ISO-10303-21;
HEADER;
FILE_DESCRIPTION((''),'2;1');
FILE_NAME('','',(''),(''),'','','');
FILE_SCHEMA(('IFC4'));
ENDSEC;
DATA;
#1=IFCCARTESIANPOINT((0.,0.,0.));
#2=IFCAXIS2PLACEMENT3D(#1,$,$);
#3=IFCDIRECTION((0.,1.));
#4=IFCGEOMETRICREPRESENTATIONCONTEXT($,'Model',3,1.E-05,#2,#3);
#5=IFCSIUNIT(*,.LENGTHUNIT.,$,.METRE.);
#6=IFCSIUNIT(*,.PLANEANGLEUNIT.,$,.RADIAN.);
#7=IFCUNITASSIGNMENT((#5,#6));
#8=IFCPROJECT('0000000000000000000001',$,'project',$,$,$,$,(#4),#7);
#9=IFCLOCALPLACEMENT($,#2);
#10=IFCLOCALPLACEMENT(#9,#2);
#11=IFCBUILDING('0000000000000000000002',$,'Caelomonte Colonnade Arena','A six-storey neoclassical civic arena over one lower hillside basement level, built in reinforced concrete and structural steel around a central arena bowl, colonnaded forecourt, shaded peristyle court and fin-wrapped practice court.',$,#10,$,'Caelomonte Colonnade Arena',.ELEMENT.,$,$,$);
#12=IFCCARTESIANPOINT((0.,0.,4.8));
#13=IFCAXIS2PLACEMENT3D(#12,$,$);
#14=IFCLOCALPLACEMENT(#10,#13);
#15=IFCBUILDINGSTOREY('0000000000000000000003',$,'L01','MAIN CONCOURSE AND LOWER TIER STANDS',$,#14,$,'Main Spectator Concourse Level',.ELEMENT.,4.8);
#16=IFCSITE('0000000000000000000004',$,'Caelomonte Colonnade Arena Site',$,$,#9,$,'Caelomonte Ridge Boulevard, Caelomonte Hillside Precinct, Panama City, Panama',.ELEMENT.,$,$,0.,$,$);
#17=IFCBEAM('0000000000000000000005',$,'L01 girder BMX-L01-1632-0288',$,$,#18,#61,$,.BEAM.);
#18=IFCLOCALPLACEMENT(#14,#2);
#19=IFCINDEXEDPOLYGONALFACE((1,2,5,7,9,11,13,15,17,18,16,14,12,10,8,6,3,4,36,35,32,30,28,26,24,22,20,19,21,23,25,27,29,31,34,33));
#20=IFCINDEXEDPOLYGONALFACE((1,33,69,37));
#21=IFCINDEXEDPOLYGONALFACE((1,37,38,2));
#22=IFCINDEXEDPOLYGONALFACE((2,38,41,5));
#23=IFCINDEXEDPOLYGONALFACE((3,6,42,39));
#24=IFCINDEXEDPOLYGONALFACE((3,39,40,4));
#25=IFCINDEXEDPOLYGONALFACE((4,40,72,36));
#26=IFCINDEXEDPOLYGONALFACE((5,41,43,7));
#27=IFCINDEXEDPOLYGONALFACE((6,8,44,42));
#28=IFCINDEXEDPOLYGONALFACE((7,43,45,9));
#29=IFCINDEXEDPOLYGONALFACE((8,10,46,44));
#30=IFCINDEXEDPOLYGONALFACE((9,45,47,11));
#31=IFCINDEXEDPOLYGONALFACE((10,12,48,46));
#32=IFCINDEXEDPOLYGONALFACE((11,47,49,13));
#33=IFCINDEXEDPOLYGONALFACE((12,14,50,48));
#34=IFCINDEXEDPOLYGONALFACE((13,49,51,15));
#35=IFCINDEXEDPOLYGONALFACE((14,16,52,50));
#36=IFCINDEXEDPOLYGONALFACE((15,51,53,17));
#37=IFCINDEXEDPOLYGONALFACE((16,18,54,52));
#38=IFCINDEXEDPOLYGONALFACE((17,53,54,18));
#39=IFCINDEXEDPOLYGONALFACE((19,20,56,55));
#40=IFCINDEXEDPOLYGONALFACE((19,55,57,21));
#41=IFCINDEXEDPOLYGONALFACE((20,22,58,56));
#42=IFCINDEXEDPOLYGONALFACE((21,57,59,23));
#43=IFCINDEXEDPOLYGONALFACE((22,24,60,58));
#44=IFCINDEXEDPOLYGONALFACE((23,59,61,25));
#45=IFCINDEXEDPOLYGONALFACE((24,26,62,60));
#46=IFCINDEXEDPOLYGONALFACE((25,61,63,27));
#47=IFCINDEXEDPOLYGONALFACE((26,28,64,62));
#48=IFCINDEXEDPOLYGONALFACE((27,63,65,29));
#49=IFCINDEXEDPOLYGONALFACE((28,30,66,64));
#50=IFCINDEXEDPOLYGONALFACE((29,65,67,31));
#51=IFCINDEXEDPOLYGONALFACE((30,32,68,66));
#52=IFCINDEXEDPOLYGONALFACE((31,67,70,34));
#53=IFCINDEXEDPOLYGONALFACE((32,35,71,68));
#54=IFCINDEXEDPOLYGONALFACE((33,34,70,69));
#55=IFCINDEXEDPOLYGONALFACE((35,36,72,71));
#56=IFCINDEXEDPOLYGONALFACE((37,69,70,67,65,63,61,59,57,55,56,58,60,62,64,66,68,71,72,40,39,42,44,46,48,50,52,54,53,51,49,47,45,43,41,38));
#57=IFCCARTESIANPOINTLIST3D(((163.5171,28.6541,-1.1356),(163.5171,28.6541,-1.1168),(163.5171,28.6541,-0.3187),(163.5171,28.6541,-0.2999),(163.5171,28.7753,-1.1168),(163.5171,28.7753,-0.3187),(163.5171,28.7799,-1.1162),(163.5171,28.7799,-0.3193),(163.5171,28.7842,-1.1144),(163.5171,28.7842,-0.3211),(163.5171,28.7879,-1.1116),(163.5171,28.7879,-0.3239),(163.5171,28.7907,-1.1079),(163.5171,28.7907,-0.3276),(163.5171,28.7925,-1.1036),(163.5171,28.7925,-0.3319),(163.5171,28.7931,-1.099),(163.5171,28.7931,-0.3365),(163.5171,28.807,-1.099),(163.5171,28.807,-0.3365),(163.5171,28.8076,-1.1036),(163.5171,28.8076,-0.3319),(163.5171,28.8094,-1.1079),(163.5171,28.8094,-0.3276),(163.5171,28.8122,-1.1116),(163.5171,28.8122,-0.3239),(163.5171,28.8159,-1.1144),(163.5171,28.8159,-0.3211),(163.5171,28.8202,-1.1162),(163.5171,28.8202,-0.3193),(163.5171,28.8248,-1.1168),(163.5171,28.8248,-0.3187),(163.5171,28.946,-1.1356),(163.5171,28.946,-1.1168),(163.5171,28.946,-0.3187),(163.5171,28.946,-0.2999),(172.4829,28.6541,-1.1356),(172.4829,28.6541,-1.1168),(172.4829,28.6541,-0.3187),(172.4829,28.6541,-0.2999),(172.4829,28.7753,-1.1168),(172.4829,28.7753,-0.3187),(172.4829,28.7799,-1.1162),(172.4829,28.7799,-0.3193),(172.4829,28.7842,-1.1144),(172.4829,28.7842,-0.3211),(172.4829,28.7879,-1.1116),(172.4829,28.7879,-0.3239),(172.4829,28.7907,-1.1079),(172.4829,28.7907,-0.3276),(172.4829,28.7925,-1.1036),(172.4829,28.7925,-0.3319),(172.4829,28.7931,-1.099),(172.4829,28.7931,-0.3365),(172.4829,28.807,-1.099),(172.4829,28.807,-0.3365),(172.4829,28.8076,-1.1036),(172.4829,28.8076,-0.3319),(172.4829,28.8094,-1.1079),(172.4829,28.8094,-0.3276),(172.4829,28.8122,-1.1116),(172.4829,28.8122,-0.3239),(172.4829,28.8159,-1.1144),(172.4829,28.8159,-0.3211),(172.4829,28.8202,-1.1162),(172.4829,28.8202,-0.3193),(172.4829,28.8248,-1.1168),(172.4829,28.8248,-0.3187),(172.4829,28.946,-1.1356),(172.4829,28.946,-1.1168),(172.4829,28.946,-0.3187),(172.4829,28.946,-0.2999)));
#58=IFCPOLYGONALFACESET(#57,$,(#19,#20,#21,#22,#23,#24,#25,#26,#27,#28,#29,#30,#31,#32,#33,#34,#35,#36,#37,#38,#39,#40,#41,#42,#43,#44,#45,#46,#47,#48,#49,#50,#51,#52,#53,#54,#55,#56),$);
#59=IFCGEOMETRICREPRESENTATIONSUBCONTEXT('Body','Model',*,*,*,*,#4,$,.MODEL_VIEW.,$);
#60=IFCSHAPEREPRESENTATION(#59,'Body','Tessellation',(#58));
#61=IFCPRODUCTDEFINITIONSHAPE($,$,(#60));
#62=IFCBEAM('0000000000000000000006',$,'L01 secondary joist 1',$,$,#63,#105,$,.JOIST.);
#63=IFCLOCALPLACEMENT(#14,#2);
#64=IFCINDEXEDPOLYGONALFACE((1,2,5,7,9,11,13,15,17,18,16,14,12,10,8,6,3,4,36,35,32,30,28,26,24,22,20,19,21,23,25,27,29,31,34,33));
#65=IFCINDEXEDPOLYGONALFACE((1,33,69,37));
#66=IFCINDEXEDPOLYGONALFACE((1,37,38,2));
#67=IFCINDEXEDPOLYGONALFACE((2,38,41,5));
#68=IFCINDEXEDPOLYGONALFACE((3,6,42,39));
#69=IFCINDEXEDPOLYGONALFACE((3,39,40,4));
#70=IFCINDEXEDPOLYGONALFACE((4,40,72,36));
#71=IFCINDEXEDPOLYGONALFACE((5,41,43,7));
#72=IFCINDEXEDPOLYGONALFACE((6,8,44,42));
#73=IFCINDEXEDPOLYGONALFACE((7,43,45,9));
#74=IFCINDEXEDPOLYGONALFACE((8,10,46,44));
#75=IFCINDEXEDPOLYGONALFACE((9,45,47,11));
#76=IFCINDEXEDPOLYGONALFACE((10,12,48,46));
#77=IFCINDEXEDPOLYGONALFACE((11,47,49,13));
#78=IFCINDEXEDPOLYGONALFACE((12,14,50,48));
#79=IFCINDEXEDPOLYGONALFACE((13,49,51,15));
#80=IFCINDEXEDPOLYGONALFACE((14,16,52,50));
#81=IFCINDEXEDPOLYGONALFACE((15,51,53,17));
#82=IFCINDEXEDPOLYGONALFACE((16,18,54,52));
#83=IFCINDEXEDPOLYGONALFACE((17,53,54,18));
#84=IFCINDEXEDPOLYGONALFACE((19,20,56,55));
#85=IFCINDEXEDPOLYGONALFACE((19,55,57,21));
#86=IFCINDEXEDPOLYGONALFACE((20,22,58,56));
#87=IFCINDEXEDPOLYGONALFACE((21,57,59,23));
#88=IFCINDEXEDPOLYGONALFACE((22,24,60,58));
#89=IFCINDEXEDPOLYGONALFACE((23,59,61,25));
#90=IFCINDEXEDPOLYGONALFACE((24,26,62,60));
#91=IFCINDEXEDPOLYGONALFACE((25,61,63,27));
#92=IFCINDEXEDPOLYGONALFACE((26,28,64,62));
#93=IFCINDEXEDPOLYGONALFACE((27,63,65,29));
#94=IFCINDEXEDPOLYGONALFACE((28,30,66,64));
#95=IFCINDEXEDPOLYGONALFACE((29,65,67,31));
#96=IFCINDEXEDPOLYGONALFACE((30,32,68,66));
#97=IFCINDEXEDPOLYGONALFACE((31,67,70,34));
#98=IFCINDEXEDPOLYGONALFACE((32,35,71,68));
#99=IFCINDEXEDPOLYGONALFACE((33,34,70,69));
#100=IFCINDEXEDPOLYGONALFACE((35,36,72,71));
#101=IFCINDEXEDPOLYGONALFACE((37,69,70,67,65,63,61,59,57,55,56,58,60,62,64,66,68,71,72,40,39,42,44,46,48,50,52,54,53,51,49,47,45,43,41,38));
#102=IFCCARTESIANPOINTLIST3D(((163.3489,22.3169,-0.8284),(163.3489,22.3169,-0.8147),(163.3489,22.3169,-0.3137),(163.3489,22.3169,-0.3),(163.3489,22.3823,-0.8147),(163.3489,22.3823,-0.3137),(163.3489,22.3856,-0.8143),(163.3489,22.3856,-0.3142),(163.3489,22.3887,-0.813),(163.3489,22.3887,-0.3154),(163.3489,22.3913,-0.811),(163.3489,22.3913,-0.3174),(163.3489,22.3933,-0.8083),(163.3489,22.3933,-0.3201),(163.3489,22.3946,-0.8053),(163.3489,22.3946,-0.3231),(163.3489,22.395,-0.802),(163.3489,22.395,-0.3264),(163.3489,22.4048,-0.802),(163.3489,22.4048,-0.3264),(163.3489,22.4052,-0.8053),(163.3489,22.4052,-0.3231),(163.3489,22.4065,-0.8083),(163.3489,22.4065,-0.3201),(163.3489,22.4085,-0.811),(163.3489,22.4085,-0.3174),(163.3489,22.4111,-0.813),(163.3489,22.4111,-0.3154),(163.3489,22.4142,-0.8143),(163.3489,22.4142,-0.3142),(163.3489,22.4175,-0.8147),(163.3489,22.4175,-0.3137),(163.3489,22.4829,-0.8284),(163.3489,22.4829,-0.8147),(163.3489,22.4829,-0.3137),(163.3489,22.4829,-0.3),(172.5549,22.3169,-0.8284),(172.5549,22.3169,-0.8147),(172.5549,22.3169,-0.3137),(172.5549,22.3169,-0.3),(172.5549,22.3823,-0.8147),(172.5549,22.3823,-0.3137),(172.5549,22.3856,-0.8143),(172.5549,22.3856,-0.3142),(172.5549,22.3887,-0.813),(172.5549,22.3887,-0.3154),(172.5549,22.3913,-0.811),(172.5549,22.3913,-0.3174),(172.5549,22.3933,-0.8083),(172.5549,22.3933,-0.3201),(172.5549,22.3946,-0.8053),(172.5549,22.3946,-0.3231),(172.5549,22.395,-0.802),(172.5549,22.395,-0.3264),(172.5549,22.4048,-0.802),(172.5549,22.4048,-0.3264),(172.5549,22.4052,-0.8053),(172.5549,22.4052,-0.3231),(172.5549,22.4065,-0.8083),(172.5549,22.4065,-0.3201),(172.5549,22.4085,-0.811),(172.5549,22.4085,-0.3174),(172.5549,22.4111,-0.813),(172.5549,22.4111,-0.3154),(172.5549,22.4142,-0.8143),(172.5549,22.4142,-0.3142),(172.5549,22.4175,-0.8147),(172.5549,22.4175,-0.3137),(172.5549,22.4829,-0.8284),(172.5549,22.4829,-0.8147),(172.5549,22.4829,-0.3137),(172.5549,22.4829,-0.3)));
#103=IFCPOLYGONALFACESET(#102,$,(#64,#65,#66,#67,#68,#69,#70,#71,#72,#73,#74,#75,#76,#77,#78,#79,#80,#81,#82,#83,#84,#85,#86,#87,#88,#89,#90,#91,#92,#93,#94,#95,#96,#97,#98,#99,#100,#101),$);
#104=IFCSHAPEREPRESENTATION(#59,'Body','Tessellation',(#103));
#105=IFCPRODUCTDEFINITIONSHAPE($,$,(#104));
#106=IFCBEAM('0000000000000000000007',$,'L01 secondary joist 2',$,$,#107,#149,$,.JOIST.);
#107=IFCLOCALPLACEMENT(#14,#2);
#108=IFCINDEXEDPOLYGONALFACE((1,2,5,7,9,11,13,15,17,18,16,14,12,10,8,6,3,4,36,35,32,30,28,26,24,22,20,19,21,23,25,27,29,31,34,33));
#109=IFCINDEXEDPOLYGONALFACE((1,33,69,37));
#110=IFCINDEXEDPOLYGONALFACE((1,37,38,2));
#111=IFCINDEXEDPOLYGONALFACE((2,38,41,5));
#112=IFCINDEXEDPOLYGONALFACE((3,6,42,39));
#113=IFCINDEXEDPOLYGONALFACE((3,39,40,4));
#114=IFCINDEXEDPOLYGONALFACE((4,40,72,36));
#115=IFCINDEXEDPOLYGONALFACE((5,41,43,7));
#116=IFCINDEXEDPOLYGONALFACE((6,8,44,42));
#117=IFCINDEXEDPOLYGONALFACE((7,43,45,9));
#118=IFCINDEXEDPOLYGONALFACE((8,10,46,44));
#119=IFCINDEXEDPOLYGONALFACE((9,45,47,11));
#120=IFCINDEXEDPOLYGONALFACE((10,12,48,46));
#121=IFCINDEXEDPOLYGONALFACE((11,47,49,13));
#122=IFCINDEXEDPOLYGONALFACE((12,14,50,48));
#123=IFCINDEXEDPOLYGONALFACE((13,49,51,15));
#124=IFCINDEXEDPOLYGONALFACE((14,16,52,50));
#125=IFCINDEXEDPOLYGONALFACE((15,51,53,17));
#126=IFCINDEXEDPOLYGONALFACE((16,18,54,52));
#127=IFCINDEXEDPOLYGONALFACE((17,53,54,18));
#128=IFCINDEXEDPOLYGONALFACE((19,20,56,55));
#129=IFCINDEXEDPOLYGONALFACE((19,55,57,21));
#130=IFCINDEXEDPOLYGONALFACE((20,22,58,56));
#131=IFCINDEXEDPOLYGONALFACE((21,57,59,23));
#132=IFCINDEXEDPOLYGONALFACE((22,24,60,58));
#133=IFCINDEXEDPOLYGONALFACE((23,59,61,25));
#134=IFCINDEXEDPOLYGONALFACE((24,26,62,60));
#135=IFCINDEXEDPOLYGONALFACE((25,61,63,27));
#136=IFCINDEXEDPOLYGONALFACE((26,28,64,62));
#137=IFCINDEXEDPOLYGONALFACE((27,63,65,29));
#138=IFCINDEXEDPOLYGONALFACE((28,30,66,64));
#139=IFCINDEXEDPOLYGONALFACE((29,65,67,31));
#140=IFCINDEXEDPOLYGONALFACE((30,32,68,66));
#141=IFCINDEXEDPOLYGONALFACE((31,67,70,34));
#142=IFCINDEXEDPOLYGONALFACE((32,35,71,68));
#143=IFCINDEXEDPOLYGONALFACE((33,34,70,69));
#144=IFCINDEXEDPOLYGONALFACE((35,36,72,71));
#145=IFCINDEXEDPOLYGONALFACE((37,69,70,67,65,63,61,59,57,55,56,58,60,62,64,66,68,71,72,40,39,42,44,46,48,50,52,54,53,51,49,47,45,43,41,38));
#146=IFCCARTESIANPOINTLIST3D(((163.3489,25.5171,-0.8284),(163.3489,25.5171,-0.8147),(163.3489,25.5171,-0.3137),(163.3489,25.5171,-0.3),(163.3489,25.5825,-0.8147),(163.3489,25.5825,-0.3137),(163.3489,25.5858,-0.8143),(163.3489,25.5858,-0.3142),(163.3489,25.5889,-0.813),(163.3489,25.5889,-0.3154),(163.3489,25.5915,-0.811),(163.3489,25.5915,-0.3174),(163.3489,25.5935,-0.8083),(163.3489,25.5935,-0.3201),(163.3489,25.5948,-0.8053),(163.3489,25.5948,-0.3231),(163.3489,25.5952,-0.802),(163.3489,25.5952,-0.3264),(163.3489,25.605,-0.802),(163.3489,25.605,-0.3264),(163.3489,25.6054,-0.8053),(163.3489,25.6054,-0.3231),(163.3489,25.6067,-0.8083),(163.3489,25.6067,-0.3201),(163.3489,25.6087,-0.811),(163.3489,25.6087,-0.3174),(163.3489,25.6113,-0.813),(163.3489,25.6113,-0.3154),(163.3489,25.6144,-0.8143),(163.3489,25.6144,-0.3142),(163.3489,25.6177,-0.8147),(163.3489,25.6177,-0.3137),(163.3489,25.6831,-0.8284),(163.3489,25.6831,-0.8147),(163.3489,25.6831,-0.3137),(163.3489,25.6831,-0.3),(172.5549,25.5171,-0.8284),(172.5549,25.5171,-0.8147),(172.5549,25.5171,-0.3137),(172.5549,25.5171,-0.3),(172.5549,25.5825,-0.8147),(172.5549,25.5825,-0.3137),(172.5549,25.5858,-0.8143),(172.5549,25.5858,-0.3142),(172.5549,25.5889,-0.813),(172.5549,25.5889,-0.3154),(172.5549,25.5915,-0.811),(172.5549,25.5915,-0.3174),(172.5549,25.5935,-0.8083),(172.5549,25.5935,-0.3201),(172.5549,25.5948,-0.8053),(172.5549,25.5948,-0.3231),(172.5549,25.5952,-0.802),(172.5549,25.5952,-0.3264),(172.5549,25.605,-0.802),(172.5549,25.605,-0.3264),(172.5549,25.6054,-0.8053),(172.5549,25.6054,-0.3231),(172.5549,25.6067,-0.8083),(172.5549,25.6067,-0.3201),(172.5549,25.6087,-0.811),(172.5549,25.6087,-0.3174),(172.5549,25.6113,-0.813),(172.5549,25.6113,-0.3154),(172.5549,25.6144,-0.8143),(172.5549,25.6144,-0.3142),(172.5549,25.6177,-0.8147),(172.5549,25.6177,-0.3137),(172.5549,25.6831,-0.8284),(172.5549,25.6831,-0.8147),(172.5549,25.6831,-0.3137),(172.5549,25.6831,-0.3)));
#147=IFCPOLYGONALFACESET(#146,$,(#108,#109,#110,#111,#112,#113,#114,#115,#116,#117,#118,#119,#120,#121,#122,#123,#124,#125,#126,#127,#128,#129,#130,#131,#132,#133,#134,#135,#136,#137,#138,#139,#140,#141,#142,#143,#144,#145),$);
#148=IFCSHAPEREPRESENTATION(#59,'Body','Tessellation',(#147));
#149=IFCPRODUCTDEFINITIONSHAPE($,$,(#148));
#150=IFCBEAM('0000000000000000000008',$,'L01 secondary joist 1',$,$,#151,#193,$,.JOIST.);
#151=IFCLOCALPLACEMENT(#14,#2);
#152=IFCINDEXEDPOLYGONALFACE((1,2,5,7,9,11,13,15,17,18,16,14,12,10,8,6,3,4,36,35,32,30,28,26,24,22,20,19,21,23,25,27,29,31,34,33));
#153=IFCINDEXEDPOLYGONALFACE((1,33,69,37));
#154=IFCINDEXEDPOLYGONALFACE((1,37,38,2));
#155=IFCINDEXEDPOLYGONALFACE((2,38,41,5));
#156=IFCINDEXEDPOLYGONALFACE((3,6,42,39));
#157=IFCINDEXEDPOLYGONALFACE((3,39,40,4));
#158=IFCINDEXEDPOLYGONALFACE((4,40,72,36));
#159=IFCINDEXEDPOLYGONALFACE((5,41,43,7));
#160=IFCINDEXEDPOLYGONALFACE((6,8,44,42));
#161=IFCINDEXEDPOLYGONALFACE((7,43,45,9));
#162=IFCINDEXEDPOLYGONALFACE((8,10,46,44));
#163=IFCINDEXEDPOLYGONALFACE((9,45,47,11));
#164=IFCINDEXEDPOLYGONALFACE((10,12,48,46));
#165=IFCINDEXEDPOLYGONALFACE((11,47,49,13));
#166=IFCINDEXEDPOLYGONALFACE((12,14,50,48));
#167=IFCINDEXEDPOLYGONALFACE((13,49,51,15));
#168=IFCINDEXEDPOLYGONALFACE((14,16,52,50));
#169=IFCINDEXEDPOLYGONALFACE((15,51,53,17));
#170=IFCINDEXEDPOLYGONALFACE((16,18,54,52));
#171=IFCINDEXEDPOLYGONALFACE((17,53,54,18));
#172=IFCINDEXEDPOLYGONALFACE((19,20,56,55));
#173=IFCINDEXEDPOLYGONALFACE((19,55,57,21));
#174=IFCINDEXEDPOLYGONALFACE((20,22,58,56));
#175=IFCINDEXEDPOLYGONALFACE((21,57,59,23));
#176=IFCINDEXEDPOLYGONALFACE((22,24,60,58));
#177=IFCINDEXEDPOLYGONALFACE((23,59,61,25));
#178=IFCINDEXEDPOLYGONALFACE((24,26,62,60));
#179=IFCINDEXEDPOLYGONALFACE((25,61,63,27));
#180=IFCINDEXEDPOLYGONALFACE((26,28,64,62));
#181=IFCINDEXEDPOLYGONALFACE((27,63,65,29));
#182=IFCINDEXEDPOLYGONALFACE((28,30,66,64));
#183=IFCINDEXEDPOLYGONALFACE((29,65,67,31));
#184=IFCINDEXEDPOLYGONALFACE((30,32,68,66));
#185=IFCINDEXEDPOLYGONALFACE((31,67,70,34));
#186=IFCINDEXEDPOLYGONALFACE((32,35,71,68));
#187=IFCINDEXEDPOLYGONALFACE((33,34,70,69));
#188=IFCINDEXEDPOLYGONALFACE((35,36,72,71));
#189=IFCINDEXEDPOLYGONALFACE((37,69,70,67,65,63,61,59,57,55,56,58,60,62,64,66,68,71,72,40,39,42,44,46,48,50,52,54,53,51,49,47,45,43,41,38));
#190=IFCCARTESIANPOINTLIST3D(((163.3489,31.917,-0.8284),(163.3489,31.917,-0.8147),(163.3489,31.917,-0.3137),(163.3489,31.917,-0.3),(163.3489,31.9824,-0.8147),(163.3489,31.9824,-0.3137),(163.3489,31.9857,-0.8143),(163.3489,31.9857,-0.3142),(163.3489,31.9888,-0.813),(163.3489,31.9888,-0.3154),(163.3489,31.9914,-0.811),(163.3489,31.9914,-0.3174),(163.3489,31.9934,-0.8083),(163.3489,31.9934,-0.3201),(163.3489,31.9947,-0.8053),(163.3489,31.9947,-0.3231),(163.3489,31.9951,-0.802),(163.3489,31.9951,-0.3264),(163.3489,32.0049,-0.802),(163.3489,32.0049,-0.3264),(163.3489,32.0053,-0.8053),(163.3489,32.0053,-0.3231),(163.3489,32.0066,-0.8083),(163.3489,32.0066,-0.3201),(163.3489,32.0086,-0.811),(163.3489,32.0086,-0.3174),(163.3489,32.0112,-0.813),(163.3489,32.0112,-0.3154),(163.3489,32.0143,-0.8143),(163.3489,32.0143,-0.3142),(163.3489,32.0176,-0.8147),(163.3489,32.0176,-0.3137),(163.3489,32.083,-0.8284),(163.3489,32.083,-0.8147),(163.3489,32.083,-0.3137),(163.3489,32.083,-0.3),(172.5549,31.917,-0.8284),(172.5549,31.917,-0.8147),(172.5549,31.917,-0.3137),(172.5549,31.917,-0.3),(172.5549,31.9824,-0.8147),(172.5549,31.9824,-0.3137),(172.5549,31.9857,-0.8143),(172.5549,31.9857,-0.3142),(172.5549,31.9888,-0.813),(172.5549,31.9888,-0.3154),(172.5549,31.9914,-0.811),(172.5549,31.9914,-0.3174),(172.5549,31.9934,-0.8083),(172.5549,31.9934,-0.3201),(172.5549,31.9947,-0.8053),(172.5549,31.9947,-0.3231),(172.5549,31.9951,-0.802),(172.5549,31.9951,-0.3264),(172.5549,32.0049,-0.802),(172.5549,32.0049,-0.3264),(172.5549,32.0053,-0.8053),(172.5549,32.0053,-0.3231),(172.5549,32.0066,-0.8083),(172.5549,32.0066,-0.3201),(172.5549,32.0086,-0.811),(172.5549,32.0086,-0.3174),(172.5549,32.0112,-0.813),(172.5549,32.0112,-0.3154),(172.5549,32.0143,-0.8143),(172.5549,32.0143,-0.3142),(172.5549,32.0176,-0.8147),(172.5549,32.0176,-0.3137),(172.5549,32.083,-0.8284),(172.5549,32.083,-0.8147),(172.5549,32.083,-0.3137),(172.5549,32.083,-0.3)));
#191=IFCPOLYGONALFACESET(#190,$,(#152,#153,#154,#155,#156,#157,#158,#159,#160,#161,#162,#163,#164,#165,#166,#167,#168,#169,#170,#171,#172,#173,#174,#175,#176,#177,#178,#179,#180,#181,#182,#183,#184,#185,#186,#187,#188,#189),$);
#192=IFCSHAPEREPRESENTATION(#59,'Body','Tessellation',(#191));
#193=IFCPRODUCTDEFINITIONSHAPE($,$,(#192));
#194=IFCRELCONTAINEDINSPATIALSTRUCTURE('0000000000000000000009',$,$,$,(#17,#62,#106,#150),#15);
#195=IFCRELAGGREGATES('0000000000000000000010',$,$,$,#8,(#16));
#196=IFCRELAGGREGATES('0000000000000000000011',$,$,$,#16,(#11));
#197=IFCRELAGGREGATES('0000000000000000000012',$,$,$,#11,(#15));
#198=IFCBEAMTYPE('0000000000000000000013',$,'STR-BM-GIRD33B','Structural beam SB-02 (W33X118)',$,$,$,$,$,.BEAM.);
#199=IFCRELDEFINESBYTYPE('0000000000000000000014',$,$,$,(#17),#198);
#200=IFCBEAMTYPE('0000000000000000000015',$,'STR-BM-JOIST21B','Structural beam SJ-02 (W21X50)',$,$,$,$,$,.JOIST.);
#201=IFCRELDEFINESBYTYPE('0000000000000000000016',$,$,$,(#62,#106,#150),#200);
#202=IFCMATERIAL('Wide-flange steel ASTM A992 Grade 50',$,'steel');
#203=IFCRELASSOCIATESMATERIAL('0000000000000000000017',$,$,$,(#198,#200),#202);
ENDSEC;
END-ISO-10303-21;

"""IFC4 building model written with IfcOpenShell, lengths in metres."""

from ifc_helpers import new_model, si_unit, direction, frame, origin, origin_2d, place, context, subcontext, project, spatial, i_section, extrude, material, material_profile, profile_set, type_object, element, save


model = new_model("IFC4")

# Units and contexts
model_context = context("Model", 3, precision=1e-05, world=origin(), true_north=direction((0.0, 1.0)))
body_context = subcontext(model_context, "Body", "Model", "MODEL_VIEW")
ifc_project = project(units=[si_unit("LENGTHUNIT", "METRE"), si_unit("PLANEANGLEUNIT", "RADIAN")], contexts=[model_context])

# Site, building, storey
site_placement = place(None, origin())
site = spatial("IfcSite", under=ifc_project, at=site_placement, Name="Caelomonte Colonnade Arena Site", LongName="Caelomonte Ridge Boulevard, Caelomonte Hillside Precinct, Panama City, Panama", CompositionType="ELEMENT", RefElevation=0.0)
building_placement = place(site_placement, origin())
building = spatial("IfcBuilding", under=site, at=building_placement, Name="Caelomonte Colonnade Arena", Description="A six-storey neoclassical civic arena over one lower hillside basement level, built in reinforced concrete and structural steel around a central arena bowl, colonnaded forecourt, shaded peristyle court and fin-wrapped practice court.", LongName="Caelomonte Colonnade Arena", CompositionType="ELEMENT")
storey_placement = place(building_placement, frame((0.0, 0.0, 4.8)))
storey = spatial("IfcBuildingStorey", under=building, at=storey_placement, Name="L01", Description="MAIN CONCOURSE AND LOWER TIER STANDS", LongName="Main Spectator Concourse Level", CompositionType="ELEMENT", Elevation=4.8)

# Beams
ifc_material_1 = material(Name="Wide-flange steel ASTM A992 Grade 50", Category="steel")
ifc_material_profile_1 = material_profile(ifc_material_1, i_section(OverallWidth=0.292, OverallDepth=0.8357, WebThickness=0.0139, FlangeThickness=0.0188, FilletRadius=0.0178, at=origin_2d()), Name="W33X118")
ifc_profile_set_1 = profile_set([ifc_material_profile_1], Name="Wide-flange steel ASTM A992 Grade 50")
beam_type_1 = type_object("IfcBeamType", Name="STR-BM-GIRD33B", Description="Structural beam SB-02 (W33X118)", PredefinedType="BEAM", material=ifc_profile_set_1)
beam_1_placement = place(storey_placement, frame((163.5171, 28.8, -0.7178), z_axis=(1.0, 0.0, 0.0), x_axis=(0.0, 1.0, 0.0)))
element("IfcBeam", 1, at=beam_1_placement, inside=storey, type_object=beam_type_1, Name="L01 girder BMX-L01-1632-0288", PredefinedType="BEAM", context=body_context, shape_type="SweptSolid", body=[
    extrude(i_section(OverallWidth=0.292, OverallDepth=0.8357, WebThickness=0.0139, FlangeThickness=0.0188, FilletRadius=0.0178, at=origin_2d()), origin(), (0.0, 0.0, 1.0), 8.9658),
])
ifc_material_profile_2 = material_profile(ifc_material_1, i_section(OverallWidth=0.166, OverallDepth=0.5283, WebThickness=0.0098, FlangeThickness=0.0137, FilletRadius=0.0127, at=origin_2d()), Name="W21X50")
ifc_profile_set_2 = profile_set([ifc_material_profile_2], Name="Wide-flange steel ASTM A992 Grade 50")
beam_type_2 = type_object("IfcBeamType", Name="STR-BM-JOIST21B", Description="Structural beam SJ-02 (W21X50)", PredefinedType="JOIST", material=ifc_profile_set_2)
for number, where, z_axis, x_axis, name in (
    (2, (163.3489, 22.3999, -0.5642), (1.0, 0.0, 0.0), (0.0, 1.0, 0.0), "L01 secondary joist 1"),
    (3, (163.3489, 25.6001, -0.5642), (1.0, 0.0, 0.0), (0.0, 1.0, 0.0), "L01 secondary joist 2"),
    (4, (163.3489, 32.0, -0.5642), (1.0, 0.0, 0.0), (0.0, 1.0, 0.0), "L01 secondary joist 1"),
):
    element("IfcBeam", number, at=place(storey_placement, frame(where, z_axis=z_axis, x_axis=x_axis)), inside=storey, type_object=beam_type_2, Name=name, PredefinedType="JOIST", context=body_context, shape_type="SweptSolid", body=[
        extrude(i_section(OverallWidth=0.166, OverallDepth=0.5283, WebThickness=0.0098, FlangeThickness=0.0137, FilletRadius=0.0127, at=origin_2d()), origin(), (0.0, 0.0, 1.0), 9.2061),
    ])

save(model, "model.ifc")
